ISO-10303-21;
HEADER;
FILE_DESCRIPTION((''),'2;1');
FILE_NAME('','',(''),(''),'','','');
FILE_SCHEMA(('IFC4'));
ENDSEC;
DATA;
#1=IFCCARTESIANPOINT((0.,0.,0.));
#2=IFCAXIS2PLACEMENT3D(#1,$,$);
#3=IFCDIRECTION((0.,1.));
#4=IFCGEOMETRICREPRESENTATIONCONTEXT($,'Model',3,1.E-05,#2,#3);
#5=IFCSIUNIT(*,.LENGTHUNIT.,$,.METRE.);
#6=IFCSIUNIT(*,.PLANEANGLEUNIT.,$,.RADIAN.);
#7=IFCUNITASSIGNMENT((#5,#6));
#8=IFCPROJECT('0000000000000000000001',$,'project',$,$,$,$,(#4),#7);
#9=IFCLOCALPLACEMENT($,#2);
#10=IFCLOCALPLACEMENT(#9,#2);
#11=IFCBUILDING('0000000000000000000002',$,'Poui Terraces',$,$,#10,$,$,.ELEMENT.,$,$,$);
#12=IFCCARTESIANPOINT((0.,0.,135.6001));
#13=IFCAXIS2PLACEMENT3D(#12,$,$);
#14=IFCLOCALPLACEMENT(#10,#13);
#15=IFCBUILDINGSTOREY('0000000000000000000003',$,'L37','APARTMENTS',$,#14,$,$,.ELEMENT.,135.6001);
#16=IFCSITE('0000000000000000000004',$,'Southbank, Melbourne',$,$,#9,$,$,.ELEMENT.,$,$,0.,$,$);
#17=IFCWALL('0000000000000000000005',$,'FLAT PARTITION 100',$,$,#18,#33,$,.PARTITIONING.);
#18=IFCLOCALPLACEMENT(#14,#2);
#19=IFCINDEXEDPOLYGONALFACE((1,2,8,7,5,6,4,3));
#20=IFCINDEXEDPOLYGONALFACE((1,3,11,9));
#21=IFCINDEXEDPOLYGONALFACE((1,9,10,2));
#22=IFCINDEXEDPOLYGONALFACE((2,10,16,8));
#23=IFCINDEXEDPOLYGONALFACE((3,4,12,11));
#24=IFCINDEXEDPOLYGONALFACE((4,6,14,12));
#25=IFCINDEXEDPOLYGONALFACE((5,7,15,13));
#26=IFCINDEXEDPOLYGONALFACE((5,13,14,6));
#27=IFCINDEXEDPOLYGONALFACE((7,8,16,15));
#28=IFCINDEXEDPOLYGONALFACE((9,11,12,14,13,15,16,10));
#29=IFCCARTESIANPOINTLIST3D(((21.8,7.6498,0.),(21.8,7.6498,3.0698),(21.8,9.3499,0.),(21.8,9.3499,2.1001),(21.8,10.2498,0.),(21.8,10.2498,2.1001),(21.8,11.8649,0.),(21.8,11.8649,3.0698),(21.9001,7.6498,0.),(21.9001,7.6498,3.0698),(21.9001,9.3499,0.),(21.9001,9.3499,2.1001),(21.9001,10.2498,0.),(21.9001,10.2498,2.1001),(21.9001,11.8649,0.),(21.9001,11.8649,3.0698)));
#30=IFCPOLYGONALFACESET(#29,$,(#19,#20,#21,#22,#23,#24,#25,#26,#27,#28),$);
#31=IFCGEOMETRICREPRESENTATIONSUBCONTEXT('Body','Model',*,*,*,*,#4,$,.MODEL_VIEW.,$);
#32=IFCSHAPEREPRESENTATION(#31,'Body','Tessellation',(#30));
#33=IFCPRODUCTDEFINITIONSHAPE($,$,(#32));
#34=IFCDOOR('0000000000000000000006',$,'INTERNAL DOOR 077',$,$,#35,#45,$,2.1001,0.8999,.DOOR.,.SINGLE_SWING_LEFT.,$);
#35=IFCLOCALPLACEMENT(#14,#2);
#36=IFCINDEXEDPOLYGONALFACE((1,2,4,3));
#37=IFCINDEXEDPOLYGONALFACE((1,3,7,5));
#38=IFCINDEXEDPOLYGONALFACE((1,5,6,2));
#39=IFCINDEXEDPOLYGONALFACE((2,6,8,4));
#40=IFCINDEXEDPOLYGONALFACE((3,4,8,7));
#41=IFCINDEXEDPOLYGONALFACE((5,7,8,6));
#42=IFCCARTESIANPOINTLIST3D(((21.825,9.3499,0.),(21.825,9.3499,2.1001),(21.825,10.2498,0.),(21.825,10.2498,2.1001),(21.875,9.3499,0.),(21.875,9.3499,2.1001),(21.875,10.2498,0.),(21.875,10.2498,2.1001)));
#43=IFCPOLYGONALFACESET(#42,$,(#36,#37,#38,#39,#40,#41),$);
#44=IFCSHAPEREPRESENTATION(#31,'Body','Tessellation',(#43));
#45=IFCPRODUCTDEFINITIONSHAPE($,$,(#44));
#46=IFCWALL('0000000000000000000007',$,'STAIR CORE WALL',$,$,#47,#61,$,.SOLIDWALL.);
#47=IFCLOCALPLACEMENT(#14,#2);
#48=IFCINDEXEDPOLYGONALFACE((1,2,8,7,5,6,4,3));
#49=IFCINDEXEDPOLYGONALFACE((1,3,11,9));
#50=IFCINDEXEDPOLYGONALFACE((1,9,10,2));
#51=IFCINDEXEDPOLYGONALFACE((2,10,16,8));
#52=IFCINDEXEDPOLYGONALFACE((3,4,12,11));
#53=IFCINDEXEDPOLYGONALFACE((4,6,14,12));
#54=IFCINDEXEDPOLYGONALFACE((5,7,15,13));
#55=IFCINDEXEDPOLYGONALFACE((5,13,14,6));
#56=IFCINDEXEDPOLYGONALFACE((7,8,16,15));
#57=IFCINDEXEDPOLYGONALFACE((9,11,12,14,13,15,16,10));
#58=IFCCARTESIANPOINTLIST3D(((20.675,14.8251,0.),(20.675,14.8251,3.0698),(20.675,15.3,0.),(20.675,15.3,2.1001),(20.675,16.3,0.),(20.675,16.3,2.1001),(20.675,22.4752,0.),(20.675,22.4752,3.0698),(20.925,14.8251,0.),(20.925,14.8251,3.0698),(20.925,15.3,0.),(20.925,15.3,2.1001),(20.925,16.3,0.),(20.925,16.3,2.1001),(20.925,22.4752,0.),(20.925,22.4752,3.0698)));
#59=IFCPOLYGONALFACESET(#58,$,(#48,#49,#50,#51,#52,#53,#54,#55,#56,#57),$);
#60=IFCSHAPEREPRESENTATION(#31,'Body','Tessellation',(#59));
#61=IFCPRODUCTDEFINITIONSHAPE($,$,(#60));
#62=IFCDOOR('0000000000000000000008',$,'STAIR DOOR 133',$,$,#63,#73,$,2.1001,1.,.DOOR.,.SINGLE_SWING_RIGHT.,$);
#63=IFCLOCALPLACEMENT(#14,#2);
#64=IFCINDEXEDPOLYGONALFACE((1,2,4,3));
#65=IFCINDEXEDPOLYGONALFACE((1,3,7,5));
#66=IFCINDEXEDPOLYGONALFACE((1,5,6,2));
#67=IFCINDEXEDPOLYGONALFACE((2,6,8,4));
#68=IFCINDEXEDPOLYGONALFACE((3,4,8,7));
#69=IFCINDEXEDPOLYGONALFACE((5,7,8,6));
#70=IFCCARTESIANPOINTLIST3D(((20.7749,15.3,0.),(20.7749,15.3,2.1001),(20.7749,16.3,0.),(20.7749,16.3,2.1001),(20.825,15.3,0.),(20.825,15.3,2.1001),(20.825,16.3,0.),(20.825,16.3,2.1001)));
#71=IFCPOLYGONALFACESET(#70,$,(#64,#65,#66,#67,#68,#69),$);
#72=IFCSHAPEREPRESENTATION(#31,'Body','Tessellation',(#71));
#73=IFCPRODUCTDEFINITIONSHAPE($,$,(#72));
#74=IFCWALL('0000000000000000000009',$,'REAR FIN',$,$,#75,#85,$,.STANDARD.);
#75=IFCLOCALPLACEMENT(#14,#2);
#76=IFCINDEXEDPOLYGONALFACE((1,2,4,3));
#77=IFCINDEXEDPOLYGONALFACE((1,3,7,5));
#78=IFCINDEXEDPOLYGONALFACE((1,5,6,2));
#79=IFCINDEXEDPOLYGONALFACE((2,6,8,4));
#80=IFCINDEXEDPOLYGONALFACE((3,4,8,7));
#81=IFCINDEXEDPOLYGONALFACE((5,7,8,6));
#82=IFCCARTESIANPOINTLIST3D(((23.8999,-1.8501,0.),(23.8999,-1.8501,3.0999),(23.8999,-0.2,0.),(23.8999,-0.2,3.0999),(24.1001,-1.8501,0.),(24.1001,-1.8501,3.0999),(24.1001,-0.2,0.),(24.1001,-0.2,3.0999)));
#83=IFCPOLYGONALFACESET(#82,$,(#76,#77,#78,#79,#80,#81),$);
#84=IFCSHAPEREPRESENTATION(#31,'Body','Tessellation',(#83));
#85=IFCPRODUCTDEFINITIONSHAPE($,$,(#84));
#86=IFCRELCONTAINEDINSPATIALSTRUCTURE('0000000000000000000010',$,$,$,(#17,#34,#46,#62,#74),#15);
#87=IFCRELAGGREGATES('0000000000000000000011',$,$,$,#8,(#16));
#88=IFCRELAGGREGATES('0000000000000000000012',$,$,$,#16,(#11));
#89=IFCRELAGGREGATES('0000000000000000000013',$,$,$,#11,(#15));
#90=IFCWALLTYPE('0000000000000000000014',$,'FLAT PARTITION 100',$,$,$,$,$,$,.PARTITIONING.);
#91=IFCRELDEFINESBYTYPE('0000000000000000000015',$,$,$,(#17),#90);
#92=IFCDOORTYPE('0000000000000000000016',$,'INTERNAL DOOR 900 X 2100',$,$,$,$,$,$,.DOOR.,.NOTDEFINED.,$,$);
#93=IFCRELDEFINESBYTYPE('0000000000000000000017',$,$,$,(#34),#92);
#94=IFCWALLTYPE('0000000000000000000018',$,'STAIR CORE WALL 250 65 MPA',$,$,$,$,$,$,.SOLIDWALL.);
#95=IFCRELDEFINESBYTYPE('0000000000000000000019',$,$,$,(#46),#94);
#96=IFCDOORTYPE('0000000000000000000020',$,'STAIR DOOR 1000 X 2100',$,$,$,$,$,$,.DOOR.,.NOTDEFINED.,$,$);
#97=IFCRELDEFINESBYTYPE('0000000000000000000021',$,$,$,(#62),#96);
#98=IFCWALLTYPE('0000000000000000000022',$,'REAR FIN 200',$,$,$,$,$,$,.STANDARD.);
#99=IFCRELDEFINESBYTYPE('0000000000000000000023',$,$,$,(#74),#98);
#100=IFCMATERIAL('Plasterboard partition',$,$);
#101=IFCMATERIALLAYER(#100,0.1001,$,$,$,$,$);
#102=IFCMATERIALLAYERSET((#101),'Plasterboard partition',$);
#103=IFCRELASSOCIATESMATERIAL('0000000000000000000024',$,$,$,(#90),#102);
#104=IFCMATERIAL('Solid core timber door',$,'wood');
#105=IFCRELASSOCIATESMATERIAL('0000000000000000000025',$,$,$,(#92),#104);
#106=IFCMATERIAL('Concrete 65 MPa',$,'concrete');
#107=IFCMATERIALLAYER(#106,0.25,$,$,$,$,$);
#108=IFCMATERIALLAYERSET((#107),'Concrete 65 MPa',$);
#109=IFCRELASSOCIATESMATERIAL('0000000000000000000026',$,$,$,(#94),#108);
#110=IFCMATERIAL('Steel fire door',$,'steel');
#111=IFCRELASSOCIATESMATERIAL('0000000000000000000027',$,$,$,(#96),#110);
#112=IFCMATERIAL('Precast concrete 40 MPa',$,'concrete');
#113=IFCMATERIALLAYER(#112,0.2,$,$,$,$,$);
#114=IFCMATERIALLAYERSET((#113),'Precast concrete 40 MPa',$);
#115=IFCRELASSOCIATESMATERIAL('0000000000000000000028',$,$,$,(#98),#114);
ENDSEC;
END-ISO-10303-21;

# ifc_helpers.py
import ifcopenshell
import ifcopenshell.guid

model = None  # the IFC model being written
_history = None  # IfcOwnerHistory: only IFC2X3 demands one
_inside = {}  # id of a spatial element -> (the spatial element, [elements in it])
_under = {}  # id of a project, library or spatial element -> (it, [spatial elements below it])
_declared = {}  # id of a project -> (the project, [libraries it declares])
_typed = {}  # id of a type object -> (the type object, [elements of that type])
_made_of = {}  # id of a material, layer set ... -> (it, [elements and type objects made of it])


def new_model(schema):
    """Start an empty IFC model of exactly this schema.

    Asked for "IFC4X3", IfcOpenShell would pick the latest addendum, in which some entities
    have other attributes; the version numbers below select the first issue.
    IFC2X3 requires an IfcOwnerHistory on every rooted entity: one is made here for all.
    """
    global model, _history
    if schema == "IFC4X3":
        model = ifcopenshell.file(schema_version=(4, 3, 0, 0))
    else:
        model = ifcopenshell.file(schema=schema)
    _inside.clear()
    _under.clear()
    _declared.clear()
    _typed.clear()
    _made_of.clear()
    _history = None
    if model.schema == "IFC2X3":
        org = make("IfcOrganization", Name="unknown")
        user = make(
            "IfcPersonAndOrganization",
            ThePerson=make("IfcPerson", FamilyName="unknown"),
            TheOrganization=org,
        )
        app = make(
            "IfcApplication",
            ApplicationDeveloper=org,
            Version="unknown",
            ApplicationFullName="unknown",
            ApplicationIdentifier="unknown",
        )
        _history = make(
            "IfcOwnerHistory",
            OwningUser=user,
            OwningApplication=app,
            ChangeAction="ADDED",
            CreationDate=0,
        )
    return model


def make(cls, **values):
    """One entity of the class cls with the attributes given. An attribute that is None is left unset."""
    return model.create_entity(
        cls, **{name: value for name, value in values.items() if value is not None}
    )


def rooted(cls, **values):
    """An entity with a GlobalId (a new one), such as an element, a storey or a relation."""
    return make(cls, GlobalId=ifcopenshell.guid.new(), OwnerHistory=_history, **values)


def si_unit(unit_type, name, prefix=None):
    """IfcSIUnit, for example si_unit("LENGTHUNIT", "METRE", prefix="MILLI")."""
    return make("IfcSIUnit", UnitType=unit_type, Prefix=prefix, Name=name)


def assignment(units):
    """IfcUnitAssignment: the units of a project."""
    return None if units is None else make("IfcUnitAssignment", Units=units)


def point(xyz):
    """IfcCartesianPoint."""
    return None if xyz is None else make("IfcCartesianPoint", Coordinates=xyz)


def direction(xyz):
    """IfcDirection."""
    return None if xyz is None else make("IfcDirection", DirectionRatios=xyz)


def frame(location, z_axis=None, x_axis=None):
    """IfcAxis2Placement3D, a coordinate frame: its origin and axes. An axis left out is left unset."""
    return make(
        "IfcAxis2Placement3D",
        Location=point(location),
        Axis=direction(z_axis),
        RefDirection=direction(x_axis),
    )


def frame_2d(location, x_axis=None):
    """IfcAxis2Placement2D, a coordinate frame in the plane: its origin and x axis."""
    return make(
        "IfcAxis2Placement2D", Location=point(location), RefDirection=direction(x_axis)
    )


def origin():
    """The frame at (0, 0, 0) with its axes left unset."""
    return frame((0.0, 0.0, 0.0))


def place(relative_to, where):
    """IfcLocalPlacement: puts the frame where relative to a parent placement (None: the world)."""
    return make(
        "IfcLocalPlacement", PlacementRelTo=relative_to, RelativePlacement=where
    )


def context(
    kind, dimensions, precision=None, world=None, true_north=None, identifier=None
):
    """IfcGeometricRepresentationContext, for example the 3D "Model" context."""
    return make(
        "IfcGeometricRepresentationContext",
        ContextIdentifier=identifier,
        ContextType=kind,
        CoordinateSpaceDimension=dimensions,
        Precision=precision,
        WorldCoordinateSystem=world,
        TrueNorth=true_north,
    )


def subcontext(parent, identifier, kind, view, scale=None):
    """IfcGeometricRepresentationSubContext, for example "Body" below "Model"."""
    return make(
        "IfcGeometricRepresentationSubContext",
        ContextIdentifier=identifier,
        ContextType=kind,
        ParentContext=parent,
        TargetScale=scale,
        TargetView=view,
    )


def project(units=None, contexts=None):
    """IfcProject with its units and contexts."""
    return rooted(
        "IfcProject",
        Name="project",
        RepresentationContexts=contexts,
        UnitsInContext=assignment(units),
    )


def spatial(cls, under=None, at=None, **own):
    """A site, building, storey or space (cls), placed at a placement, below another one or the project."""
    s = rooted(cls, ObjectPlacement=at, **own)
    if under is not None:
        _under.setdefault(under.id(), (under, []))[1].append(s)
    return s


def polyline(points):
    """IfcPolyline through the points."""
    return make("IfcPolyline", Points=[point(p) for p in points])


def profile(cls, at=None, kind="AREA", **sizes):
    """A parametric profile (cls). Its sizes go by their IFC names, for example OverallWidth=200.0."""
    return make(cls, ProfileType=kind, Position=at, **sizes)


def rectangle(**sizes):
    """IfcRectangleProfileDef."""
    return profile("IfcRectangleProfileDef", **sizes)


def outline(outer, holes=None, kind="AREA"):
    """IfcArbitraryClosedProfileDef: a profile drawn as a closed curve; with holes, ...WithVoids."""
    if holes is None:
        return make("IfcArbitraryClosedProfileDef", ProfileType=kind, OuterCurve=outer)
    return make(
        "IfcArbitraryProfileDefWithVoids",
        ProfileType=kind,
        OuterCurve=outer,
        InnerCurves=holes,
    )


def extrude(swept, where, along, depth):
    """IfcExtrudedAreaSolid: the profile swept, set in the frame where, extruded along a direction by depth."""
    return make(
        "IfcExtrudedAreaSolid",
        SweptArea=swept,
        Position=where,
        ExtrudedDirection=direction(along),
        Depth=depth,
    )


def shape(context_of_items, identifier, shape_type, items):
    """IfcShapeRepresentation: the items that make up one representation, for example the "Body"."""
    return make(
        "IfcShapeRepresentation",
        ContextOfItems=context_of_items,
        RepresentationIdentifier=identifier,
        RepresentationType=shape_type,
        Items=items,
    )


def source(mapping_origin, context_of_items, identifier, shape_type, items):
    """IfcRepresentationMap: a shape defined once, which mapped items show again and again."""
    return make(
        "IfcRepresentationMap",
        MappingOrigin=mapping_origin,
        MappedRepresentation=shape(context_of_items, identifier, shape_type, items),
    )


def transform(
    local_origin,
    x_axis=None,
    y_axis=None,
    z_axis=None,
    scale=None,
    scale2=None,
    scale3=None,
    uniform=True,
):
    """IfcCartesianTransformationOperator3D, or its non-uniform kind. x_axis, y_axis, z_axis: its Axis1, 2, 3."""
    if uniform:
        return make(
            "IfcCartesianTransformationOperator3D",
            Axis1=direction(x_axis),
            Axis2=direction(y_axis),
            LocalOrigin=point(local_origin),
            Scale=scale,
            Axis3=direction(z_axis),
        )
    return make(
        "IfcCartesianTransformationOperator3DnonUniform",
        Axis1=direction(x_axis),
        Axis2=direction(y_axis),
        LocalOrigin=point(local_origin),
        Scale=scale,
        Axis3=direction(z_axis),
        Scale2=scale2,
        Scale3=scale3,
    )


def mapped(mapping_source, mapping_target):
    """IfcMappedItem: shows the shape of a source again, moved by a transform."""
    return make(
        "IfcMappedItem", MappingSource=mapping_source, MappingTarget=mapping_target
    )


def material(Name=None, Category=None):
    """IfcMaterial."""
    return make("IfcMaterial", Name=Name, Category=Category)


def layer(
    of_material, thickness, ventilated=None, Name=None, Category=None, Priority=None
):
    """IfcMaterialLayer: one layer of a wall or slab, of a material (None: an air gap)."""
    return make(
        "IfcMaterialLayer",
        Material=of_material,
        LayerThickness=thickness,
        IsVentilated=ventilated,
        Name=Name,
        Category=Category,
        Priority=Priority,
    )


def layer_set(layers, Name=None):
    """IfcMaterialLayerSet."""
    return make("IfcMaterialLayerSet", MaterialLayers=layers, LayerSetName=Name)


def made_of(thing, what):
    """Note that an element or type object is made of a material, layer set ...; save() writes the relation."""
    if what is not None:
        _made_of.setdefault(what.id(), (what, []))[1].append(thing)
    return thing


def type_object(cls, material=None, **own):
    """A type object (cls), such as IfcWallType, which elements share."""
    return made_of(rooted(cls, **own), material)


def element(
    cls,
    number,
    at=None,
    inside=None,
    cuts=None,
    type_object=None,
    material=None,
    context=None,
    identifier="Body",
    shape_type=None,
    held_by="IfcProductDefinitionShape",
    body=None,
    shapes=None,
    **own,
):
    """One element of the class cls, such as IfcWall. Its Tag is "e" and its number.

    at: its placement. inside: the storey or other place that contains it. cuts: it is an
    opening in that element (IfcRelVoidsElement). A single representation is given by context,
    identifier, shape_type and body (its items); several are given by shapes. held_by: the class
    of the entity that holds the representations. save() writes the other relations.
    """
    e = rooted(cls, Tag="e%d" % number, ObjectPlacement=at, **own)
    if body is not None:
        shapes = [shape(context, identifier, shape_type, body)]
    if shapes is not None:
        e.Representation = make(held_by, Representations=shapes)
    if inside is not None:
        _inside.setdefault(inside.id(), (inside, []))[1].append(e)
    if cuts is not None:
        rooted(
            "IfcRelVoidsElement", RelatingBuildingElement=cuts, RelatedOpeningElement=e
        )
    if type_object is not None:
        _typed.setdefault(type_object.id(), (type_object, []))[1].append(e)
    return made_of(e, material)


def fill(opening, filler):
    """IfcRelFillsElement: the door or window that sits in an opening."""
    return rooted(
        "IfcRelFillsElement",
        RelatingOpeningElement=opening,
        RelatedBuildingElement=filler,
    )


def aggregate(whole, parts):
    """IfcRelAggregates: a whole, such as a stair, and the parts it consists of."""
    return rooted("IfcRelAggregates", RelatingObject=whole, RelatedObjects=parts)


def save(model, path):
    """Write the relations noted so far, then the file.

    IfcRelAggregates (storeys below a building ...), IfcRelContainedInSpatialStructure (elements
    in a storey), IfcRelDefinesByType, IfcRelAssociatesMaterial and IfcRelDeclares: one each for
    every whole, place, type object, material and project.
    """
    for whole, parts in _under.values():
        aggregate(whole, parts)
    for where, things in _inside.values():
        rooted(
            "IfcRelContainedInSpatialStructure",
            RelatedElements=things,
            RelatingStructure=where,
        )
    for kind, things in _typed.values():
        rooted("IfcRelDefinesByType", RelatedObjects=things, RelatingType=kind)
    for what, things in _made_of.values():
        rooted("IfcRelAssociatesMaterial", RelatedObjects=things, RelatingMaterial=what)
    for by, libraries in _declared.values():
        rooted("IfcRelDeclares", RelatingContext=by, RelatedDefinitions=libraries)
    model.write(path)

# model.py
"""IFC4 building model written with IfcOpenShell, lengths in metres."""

from ifc_helpers import new_model, si_unit, direction, frame, frame_2d, origin, place, context, subcontext, project, spatial, polyline, rectangle, outline, extrude, source, transform, mapped, material, layer, layer_set, type_object, element, fill, save


model = new_model("IFC4")

# Units and contexts
model_context = context("Model", 3, precision=1e-05, world=origin(), true_north=direction((0.0, 1.0)))
body_context = subcontext(model_context, "Body", "Model", "MODEL_VIEW")
ifc_project = project(units=[si_unit("LENGTHUNIT", "METRE"), si_unit("PLANEANGLEUNIT", "RADIAN")], contexts=[model_context])

# Site, building, storey
site_placement = place(None, origin())
site = spatial("IfcSite", under=ifc_project, at=site_placement, Name="Southbank, Melbourne", CompositionType="ELEMENT", RefElevation=0.0)
building_placement = place(site_placement, origin())
building = spatial("IfcBuilding", under=site, at=building_placement, Name="Poui Terraces", CompositionType="ELEMENT")
storey_placement = place(building_placement, frame((0.0, 0.0, 135.6001)))
storey = spatial("IfcBuildingStorey", under=building, at=storey_placement, Name="L37", Description="APARTMENTS", CompositionType="ELEMENT", Elevation=135.6001)

# Shared definitions
ifc_material_1 = material(Name="Concrete 65 MPa", Category="concrete")

# Shared definitions
ifc_material_2 = material(Name="Precast concrete 40 MPa", Category="concrete")

# Shared definitions
ifc_material_3 = material(Name="Steel fire door", Category="steel")

# Shared definitions
ifc_material_4 = material(Name="Plasterboard partition")
ifc_layer_1 = layer(ifc_material_4, 0.1001)
ifc_layer_set_1 = layer_set([ifc_layer_1], Name="Plasterboard partition")
wall_type_1 = type_object("IfcWallType", Name="FLAT PARTITION 100", PredefinedType="PARTITIONING", material=ifc_layer_set_1)

# Walls, openings, doors
ifc_material_5 = material(Name="Solid core timber door", Category="wood")
wall_1_placement = place(storey_placement, frame((21.8501, 7.6499, 0.0), z_axis=(0.0, 0.0, 1.0), x_axis=(0.0, 1.0, 0.0)))
wall_1 = element("IfcWall", 1, at=wall_1_placement, inside=storey, type_object=wall_type_1, Name="FLAT PARTITION 100", PredefinedType="PARTITIONING", context=body_context, shape_type="SweptSolid", body=[
    extrude(rectangle(XDim=4.2151, YDim=0.1001, at=frame_2d((2.1074, 0.0))), origin(), (0.0, 0.0, 1.0), 3.0698),
])
opening_1_placement = place(wall_1_placement, frame((1.7, 0.0, 0.0)))
opening_1 = element("IfcOpeningElement", 2, at=opening_1_placement, cuts=wall_1, PredefinedType="OPENING", context=body_context, shape_type="SweptSolid", body=[
    extrude(rectangle(XDim=0.8999, YDim=2.1001, at=frame_2d((0.45, 1.05))), frame((0.0, 0.0601, 0.0), z_axis=(0.0, -1.0, 0.0), x_axis=(1.0, 0.0, 0.0)), (0.0, 0.0, 1.0), 0.1201),
])
door_type_1 = type_object("IfcDoorType", Name="INTERNAL DOOR 900 X 2100", OperationType="NOTDEFINED", PredefinedType="DOOR", material=ifc_material_5)
door_1_placement = place(opening_1_placement, frame((0.8999, 0.0, 0.0), z_axis=(0.0, 0.0, 1.0), x_axis=(-1.0, 0.0, 0.0)))
door_1 = element("IfcDoor", 3, at=door_1_placement, inside=storey, type_object=door_type_1, Name="INTERNAL DOOR 077", OperationType="SINGLE_SWING_LEFT", OverallHeight=2.1001, OverallWidth=0.8999, PredefinedType="DOOR", context=body_context, shape_type="SweptSolid", body=[
    extrude(rectangle(XDim=0.8999, YDim=2.1001, at=frame_2d((0.45, 1.05))), frame((0.0, 0.0249, 0.0), z_axis=(0.0, -1.0, 0.0), x_axis=(1.0, 0.0, 0.0)), (0.0, 0.0, 1.0), 0.05),
])
fill(opening_1, door_1)
ifc_layer_2 = layer(ifc_material_1, 0.25)
ifc_layer_set_2 = layer_set([ifc_layer_2], Name="Concrete 65 MPa")
wall_type_2 = type_object("IfcWallType", Name="STAIR CORE WALL 250 65 MPA", PredefinedType="SOLIDWALL", material=ifc_layer_set_2)
wall_2_placement = place(storey_placement, frame((20.8, 14.825, 0.0), z_axis=(0.0, 0.0, 1.0), x_axis=(0.0, 1.0, 0.0)))
wall_2 = element("IfcWall", 4, at=wall_2_placement, inside=storey, type_object=wall_type_2, Name="STAIR CORE WALL", PredefinedType="SOLIDWALL", context=body_context, shape_type="SweptSolid", body=[
    extrude(rectangle(XDim=7.6501, YDim=0.25, at=frame_2d((3.8252, 0.0))), origin(), (0.0, 0.0, 1.0), 3.0698),
])
opening_2_placement = place(wall_2_placement, frame((0.4751, 0.0, 0.0)))
opening_2 = element("IfcOpeningElement", 5, at=opening_2_placement, cuts=wall_2, PredefinedType="OPENING", context=body_context, shape_type="SweptSolid", body=[
    extrude(rectangle(XDim=1.0, YDim=2.1001, at=frame_2d((0.5, 1.05))), frame((0.0, 0.135, 0.0), z_axis=(0.0, -1.0, 0.0), x_axis=(1.0, 0.0, 0.0)), (0.0, 0.0, 1.0), 0.27),
])
door_type_2 = type_object("IfcDoorType", Name="STAIR DOOR 1000 X 2100", OperationType="NOTDEFINED", PredefinedType="DOOR", material=ifc_material_3)
door_2_placement = place(opening_2_placement, frame((1.0, 0.0, 0.0), z_axis=(0.0, 0.0, 1.0), x_axis=(-1.0, 0.0, 0.0)))
door_2 = element("IfcDoor", 6, at=door_2_placement, inside=storey, type_object=door_type_2, Name="STAIR DOOR 133", OperationType="SINGLE_SWING_RIGHT", OverallHeight=2.1001, OverallWidth=1.0, PredefinedType="DOOR", context=body_context, shape_type="SweptSolid", body=[
    extrude(rectangle(XDim=1.0, YDim=2.1001, at=frame_2d((0.5, 1.05))), frame((0.0, 0.0249, 0.0), z_axis=(0.0, -1.0, 0.0), x_axis=(1.0, 0.0, 0.0)), (0.0, 0.0, 1.0), 0.05),
])
fill(opening_2, door_2)

# Wall
ifc_layer_3 = layer(ifc_material_2, 0.2)
ifc_layer_set_3 = layer_set([ifc_layer_3], Name="Precast concrete 40 MPa")
wall_type_3 = type_object("IfcWallType", Name="REAR FIN 200", PredefinedType="STANDARD", material=ifc_layer_set_3)
shared_shape_1 = source(origin(), body_context, "Body", "SweptSolid", [
    extrude(outline(polyline([(0.0, 0.0), (0.2002, 0.0), (0.2002, 1.6501), (0.0, 1.6501), (0.0, 0.0)])), origin(), (0.0, 0.0, 1.0), 3.0999),
])
wall_3_placement = place(storey_placement, frame((23.8999, -1.8501, 0.0)))
element("IfcWall", 7, at=wall_3_placement, inside=storey, type_object=wall_type_3, Name="REAR FIN", PredefinedType="STANDARD", context=body_context, shape_type="MappedRepresentation", body=[
    mapped(shared_shape_1, transform((0.0, 0.0, 0.0))),
])

save(model, "model.ifc")
